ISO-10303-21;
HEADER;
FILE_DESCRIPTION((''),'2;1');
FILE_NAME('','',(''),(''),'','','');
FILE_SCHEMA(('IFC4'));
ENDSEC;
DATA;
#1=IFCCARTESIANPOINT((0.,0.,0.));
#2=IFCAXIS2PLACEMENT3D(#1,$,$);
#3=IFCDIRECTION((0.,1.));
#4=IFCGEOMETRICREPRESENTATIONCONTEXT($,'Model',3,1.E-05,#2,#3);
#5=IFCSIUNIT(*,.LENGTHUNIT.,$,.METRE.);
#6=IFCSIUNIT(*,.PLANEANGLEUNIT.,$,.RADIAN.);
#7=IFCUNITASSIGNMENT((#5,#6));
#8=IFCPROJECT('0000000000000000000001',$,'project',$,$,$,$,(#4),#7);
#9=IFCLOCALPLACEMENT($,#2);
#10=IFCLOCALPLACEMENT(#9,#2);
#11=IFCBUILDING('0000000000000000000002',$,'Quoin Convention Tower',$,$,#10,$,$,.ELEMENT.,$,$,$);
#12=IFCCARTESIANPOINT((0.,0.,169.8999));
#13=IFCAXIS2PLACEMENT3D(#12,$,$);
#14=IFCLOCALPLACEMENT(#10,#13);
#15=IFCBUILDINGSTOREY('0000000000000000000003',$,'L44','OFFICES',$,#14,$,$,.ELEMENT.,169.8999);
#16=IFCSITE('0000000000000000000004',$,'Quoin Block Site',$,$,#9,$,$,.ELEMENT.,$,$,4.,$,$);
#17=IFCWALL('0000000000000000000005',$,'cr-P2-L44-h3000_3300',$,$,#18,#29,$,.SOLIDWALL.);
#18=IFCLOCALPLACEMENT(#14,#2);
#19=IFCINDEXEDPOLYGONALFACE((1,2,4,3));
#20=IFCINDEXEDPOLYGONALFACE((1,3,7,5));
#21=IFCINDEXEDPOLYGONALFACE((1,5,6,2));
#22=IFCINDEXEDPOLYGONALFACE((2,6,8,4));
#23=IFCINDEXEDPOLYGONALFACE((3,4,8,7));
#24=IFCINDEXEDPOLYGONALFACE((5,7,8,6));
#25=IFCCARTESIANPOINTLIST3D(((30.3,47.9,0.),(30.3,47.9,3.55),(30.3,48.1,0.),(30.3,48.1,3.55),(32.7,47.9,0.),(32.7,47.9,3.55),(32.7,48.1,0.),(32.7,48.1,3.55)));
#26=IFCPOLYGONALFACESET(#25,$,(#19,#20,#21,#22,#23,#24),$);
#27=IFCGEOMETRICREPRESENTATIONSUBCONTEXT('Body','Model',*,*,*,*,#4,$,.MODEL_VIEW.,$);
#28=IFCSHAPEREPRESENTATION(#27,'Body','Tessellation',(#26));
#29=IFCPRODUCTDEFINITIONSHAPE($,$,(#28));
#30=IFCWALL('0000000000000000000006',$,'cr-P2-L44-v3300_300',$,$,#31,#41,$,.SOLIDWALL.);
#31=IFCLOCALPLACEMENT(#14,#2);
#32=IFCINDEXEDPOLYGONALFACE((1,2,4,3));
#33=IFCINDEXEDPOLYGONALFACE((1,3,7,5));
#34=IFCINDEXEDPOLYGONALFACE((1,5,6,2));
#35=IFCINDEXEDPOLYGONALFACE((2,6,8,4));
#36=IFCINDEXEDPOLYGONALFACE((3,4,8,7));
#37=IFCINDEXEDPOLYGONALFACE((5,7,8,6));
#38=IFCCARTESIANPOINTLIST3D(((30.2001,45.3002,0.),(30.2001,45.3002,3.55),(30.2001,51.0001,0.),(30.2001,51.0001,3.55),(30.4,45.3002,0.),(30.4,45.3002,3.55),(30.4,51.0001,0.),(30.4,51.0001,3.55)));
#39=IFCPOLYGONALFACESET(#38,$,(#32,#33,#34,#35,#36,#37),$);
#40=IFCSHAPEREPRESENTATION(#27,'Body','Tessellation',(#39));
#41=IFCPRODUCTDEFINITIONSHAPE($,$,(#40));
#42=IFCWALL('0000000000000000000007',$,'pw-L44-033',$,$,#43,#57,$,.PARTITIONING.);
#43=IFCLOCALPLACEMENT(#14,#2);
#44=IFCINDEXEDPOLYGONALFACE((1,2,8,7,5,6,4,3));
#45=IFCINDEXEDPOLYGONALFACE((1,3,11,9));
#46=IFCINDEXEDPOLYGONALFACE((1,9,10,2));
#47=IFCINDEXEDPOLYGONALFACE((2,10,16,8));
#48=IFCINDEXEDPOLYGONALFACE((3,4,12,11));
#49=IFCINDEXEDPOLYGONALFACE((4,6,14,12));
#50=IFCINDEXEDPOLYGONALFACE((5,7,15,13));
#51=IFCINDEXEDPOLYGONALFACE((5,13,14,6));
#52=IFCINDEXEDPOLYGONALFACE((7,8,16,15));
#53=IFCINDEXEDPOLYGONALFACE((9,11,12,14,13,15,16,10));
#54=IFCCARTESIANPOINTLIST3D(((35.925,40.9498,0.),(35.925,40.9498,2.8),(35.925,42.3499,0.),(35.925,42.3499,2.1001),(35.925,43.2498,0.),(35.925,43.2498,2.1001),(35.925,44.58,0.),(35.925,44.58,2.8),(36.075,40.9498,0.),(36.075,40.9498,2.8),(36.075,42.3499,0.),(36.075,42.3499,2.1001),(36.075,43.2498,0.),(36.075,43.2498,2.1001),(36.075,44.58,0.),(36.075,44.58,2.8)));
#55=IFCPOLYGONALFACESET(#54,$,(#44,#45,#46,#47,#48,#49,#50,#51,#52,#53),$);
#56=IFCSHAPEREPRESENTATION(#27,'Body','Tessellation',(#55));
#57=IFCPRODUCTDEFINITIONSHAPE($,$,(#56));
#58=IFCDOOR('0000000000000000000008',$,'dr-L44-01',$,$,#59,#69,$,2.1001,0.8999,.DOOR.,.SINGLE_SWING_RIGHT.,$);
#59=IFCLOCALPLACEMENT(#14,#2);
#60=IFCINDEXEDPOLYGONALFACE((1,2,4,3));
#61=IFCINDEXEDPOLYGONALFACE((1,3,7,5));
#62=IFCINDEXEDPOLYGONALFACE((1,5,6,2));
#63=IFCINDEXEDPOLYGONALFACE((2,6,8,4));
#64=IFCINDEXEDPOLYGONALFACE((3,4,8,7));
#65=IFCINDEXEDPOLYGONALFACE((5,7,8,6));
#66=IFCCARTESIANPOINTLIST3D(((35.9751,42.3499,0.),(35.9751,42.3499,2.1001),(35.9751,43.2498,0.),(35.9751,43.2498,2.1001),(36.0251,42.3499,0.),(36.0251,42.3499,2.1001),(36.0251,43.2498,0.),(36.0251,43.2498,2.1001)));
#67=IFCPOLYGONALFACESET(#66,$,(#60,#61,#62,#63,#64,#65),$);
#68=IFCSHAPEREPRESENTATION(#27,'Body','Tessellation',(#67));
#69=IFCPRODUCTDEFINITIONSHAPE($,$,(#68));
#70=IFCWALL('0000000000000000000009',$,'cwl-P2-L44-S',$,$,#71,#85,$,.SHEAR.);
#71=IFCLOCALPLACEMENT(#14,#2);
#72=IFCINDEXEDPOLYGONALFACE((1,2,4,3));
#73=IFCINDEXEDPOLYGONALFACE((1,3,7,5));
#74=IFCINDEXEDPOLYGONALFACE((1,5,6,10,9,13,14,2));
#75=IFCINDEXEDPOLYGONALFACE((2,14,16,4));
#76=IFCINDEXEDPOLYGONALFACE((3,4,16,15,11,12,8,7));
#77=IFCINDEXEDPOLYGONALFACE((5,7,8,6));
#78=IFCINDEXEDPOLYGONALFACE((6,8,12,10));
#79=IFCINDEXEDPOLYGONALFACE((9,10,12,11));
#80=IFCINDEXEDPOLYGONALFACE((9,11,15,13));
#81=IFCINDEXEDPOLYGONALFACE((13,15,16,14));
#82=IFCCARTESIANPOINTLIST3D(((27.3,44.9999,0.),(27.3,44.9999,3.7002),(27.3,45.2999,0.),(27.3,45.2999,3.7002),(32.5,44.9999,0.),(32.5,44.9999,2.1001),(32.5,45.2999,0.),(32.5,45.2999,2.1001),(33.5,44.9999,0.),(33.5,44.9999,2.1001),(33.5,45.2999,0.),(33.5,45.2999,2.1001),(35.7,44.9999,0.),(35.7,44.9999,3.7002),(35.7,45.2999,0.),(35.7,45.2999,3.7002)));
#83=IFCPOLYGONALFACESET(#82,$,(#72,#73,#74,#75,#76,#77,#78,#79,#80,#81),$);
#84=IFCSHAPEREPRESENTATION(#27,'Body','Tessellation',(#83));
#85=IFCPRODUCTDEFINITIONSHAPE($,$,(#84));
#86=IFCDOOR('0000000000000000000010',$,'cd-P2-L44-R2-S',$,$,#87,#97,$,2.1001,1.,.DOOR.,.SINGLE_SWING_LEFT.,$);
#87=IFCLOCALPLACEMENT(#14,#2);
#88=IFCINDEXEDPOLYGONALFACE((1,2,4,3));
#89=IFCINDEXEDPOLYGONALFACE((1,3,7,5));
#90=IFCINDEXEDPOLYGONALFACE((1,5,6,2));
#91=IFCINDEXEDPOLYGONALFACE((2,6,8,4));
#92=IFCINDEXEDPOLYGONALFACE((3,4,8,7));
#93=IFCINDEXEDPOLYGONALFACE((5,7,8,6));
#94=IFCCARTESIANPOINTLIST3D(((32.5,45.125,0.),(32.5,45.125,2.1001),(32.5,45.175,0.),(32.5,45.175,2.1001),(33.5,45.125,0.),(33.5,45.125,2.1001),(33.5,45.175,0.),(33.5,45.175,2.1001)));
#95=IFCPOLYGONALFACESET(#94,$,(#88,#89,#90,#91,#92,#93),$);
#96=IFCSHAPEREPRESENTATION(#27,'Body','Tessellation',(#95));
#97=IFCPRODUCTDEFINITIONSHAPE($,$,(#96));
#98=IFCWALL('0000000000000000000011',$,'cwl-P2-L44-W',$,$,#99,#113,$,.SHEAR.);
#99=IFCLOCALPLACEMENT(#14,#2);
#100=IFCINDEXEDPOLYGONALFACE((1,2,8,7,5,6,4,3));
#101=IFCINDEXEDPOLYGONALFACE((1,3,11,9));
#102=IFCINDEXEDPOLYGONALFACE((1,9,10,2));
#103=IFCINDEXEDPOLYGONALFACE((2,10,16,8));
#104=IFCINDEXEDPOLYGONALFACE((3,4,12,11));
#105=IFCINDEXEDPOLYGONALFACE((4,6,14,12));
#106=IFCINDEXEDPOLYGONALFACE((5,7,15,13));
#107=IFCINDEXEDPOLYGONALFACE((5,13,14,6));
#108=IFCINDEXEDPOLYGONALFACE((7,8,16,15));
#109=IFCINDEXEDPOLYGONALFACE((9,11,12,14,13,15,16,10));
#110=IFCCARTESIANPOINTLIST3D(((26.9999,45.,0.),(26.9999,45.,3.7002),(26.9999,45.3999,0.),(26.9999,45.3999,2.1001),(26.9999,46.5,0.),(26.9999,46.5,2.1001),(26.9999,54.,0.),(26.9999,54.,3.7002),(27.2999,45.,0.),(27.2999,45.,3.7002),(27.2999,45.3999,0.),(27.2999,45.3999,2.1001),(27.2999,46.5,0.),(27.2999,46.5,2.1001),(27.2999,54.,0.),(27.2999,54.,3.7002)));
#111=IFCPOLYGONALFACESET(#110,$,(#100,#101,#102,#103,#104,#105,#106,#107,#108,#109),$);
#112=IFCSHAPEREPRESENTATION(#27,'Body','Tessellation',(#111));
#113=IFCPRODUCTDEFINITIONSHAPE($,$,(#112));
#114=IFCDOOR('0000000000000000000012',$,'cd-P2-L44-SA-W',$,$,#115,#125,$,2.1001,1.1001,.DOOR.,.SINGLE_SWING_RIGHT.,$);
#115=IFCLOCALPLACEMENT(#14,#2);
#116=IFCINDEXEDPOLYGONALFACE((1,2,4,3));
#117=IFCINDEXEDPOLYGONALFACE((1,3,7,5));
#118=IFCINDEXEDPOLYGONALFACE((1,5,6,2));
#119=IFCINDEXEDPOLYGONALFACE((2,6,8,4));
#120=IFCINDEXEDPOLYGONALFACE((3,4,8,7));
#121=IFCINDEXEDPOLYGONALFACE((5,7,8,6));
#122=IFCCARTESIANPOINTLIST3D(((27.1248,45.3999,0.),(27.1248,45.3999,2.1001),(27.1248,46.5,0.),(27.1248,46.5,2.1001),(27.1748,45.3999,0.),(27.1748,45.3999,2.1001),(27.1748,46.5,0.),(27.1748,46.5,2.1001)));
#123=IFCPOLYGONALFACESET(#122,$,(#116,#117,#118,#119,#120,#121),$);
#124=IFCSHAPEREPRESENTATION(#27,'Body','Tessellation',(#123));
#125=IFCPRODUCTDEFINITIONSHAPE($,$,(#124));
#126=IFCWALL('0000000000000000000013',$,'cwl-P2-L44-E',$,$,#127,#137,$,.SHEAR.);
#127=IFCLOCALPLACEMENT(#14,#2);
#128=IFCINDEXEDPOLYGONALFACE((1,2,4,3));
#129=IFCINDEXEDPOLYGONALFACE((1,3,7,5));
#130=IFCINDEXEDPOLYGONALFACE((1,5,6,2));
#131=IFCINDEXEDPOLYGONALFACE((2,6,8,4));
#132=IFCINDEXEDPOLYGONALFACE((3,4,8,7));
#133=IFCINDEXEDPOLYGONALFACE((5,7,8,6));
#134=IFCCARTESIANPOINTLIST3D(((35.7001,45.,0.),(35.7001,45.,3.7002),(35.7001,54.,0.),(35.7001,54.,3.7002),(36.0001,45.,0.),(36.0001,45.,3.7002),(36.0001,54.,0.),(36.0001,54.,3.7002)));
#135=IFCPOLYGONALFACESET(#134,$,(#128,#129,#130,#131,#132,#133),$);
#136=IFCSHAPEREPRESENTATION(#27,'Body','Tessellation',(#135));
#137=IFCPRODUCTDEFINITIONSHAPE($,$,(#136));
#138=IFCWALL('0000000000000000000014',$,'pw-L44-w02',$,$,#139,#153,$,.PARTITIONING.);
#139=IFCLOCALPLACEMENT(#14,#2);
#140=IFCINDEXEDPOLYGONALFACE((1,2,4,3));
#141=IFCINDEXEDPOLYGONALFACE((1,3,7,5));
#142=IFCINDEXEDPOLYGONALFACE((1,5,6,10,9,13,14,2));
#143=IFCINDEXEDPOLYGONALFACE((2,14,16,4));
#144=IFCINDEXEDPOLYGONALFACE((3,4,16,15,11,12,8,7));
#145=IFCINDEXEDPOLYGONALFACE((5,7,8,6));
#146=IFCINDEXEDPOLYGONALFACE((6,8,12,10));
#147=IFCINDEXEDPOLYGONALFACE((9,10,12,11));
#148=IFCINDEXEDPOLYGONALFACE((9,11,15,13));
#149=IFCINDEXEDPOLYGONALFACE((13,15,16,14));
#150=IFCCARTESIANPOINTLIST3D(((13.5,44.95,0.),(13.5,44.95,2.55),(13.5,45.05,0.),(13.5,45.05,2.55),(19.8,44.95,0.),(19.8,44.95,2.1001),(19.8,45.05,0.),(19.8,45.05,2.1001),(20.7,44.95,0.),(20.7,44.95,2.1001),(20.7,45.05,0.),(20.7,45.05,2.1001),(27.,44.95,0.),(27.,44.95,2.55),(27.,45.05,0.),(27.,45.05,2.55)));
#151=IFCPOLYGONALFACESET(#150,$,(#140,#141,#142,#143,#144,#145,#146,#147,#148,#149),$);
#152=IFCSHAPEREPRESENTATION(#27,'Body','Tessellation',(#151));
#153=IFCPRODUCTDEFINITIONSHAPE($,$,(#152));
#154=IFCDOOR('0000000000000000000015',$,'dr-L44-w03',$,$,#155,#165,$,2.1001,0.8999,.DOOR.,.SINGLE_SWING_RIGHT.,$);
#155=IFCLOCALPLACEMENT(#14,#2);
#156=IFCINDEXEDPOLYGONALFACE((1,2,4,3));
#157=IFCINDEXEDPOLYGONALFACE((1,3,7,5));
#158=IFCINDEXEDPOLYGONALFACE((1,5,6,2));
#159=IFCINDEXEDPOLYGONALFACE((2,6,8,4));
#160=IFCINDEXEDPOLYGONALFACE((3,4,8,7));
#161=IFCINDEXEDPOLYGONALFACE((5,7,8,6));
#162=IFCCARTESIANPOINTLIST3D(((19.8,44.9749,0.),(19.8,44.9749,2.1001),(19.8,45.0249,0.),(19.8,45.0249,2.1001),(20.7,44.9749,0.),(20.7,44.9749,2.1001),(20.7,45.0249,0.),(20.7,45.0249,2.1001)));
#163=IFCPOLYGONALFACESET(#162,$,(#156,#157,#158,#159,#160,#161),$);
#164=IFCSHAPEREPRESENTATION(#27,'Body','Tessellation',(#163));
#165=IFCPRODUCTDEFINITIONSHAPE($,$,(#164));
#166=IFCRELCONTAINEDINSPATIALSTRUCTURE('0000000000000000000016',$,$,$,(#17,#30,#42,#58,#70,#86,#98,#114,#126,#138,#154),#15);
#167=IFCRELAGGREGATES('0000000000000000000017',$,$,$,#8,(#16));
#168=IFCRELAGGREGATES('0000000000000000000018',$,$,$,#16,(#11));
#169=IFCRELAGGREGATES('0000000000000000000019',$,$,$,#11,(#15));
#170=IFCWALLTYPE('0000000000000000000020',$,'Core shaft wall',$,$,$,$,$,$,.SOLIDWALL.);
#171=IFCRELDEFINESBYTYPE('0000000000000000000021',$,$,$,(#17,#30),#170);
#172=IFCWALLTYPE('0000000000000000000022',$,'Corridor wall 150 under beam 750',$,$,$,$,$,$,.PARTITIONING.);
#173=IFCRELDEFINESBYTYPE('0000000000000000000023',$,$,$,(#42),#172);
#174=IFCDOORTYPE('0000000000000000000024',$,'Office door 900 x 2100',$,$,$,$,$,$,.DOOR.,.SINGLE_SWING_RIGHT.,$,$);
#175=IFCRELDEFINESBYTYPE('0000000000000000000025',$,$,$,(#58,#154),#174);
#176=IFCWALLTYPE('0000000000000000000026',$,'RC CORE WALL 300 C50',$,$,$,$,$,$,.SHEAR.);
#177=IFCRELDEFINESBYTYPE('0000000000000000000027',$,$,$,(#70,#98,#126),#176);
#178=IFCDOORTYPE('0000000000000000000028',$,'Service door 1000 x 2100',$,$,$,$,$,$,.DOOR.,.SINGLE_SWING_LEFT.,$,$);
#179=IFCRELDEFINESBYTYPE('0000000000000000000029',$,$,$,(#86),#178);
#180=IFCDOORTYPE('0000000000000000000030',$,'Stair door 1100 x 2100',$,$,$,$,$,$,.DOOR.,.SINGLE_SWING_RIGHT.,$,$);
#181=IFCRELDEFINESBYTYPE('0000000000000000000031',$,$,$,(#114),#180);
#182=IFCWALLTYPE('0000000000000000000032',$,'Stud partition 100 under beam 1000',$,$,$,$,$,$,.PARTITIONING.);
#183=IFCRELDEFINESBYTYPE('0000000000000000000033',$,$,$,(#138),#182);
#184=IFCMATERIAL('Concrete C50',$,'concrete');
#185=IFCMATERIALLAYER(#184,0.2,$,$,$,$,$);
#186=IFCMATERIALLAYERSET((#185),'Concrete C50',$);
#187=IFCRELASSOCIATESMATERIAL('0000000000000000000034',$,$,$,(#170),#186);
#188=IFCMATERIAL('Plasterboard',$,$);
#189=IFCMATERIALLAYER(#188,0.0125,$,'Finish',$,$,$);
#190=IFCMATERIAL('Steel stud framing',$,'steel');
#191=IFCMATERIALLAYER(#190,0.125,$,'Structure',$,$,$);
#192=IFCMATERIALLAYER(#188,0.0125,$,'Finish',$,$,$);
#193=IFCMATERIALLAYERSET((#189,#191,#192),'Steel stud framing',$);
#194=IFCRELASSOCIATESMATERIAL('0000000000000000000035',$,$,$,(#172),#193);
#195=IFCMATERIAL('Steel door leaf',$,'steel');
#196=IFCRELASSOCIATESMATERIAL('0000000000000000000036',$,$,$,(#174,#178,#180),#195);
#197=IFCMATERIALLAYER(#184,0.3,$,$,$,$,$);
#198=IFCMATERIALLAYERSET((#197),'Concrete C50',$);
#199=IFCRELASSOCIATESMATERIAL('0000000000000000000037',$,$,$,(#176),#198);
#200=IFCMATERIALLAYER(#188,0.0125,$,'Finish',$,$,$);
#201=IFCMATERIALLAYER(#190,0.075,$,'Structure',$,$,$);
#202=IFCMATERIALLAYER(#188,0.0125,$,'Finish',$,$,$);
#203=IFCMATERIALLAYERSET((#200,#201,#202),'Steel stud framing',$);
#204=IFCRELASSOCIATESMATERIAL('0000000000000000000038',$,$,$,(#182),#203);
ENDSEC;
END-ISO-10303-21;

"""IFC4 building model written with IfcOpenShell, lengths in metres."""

from ifc_helpers import new_model, si_unit, direction, frame, frame_2d, origin, place, context, subcontext, project, spatial, rectangle, extrude, material, layer, layer_set, type_object, element, fill, save


model = new_model("IFC4")

# Units and contexts
model_context = context("Model", 3, precision=1e-05, world=origin(), true_north=direction((0.0, 1.0)))
body_context = subcontext(model_context, "Body", "Model", "MODEL_VIEW")
ifc_project = project(units=[si_unit("LENGTHUNIT", "METRE"), si_unit("PLANEANGLEUNIT", "RADIAN")], contexts=[model_context])

# Site, building, storey
site_placement = place(None, origin())
site = spatial("IfcSite", under=ifc_project, at=site_placement, Name="Quoin Block Site", CompositionType="ELEMENT", RefElevation=4.0)
building_placement = place(site_placement, origin())
building = spatial("IfcBuilding", under=site, at=building_placement, Name="Quoin Convention Tower", CompositionType="ELEMENT")
storey_placement = place(building_placement, frame((0.0, 0.0, 169.8999)))
storey = spatial("IfcBuildingStorey", under=building, at=storey_placement, Name="L44", Description="OFFICES", CompositionType="ELEMENT", Elevation=169.8999)

# Shared definitions
ifc_material_1 = material(Name="Concrete C50", Category="concrete")

# Walls
ifc_layer_1 = layer(ifc_material_1, 0.2)
ifc_layer_set_1 = layer_set([ifc_layer_1], Name="Concrete C50")
wall_type_1 = type_object("IfcWallType", Name="Core shaft wall", PredefinedType="SOLIDWALL", material=ifc_layer_set_1)
wall_1_placement = place(storey_placement, frame((30.3, 48.0, 0.0), z_axis=(0.0, 0.0, 1.0), x_axis=(1.0, 0.0, 0.0)))
element("IfcWall", 1, at=wall_1_placement, inside=storey, type_object=wall_type_1, Name="cr-P2-L44-h3000_3300", PredefinedType="SOLIDWALL", context=body_context, shape_type="SweptSolid", body=[
    extrude(rectangle(XDim=2.3999, YDim=0.2, at=frame_2d((1.2, 0.0))), origin(), (0.0, 0.0, 1.0), 3.55),
])
wall_2_placement = place(storey_placement, frame((30.3, 45.3, 0.0), z_axis=(0.0, 0.0, 1.0), x_axis=(0.0, 1.0, 0.0)))
element("IfcWall", 2, at=wall_2_placement, inside=storey, type_object=wall_type_1, Name="cr-P2-L44-v3300_300", PredefinedType="SOLIDWALL", context=body_context, shape_type="SweptSolid", body=[
    extrude(rectangle(XDim=5.7, YDim=0.2, at=frame_2d((2.8501, 0.0))), origin(), (0.0, 0.0, 1.0), 3.55),
])

# Walls, openings, doors
ifc_material_2 = material(Name="Plasterboard")
ifc_layer_2 = layer(ifc_material_2, 0.0125, Name="Finish")
ifc_material_3 = material(Name="Steel stud framing", Category="steel")
ifc_layer_3 = layer(ifc_material_3, 0.125, Name="Structure")
ifc_layer_4 = layer(ifc_material_2, 0.0125, Name="Finish")
ifc_layer_set_2 = layer_set([ifc_layer_2, ifc_layer_3, ifc_layer_4], Name="Steel stud framing")
wall_type_2 = type_object("IfcWallType", Name="Corridor wall 150 under beam 750", PredefinedType="PARTITIONING", material=ifc_layer_set_2)
wall_3_placement = place(storey_placement, frame((36.0, 40.95, 0.0), z_axis=(0.0, 0.0, 1.0), x_axis=(0.0, 1.0, 0.0)))
wall_3 = element("IfcWall", 3, at=wall_3_placement, inside=storey, type_object=wall_type_2, Name="pw-L44-033", PredefinedType="PARTITIONING", context=body_context, shape_type="SweptSolid", body=[
    extrude(rectangle(XDim=3.6301, YDim=0.1499, at=frame_2d((1.8149, 0.0))), origin(), (0.0, 0.0, 1.0), 2.8),
])
opening_1_placement = place(wall_3_placement, frame((1.3999, 0.0, 0.0)))
opening_1 = element("IfcOpeningElement", 4, at=opening_1_placement, cuts=wall_3, PredefinedType="OPENING", context=body_context, shape_type="SweptSolid", body=[
    extrude(rectangle(XDim=0.8999, YDim=2.1001, at=frame_2d((0.45, 1.05))), frame((0.0, 0.085, 0.0), z_axis=(0.0, -1.0, 0.0), x_axis=(1.0, 0.0, 0.0)), (0.0, 0.0, 1.0), 0.1699),
])
ifc_material_4 = material(Name="Steel door leaf", Category="steel")
door_type_1 = type_object("IfcDoorType", Name="Office door 900 x 2100", OperationType="SINGLE_SWING_RIGHT", PredefinedType="DOOR", material=ifc_material_4)
door_1_placement = place(opening_1_placement, origin())
door_1 = element("IfcDoor", 5, at=door_1_placement, inside=storey, type_object=door_type_1, Name="dr-L44-01", OperationType="SINGLE_SWING_RIGHT", OverallHeight=2.1001, OverallWidth=0.8999, PredefinedType="DOOR", context=body_context, shape_type="SweptSolid", body=[
    extrude(rectangle(XDim=0.8999, YDim=2.1001, at=frame_2d((0.45, 1.05))), frame((0.0, 0.0249, 0.0), z_axis=(0.0, -1.0, 0.0), x_axis=(1.0, 0.0, 0.0)), (0.0, 0.0, 1.0), 0.05),
])
fill(opening_1, door_1)
ifc_layer_5 = layer(ifc_material_1, 0.3)
ifc_layer_set_3 = layer_set([ifc_layer_5], Name="Concrete C50")
wall_type_3 = type_object("IfcWallType", Name="RC CORE WALL 300 C50", PredefinedType="SHEAR", material=ifc_layer_set_3)
wall_4_placement = place(storey_placement, frame((27.3, 45.1499, 0.0), z_axis=(0.0, 0.0, 1.0), x_axis=(1.0, 0.0, 0.0)))
wall_4 = element("IfcWall", 6, at=wall_4_placement, inside=storey, type_object=wall_type_3, Name="cwl-P2-L44-S", PredefinedType="SHEAR", context=body_context, shape_type="SweptSolid", body=[
    extrude(rectangle(XDim=8.3999, YDim=0.3, at=frame_2d((4.2, 0.0))), origin(), (0.0, 0.0, 1.0), 3.7002),
])
opening_2_placement = place(wall_4_placement, frame((5.2, 0.0, 0.0)))
opening_2 = element("IfcOpeningElement", 7, at=opening_2_placement, cuts=wall_4, PredefinedType="OPENING", context=body_context, shape_type="SweptSolid", body=[
    extrude(rectangle(XDim=1.0, YDim=2.1001, at=frame_2d((0.5, 1.05))), frame((0.0, 0.1599, 0.0), z_axis=(0.0, -1.0, 0.0), x_axis=(1.0, 0.0, 0.0)), (0.0, 0.0, 1.0), 0.3201),
])
door_type_2 = type_object("IfcDoorType", Name="Service door 1000 x 2100", OperationType="SINGLE_SWING_LEFT", PredefinedType="DOOR", material=ifc_material_4)
door_2_placement = place(opening_2_placement, frame((1.0, 0.0, 0.0), z_axis=(0.0, 0.0, 1.0), x_axis=(-1.0, 0.0, 0.0)))
door_2 = element("IfcDoor", 8, at=door_2_placement, inside=storey, type_object=door_type_2, Name="cd-P2-L44-R2-S", OperationType="SINGLE_SWING_LEFT", OverallHeight=2.1001, OverallWidth=1.0, PredefinedType="DOOR", context=body_context, shape_type="SweptSolid", body=[
    extrude(rectangle(XDim=1.0, YDim=2.1001, at=frame_2d((0.5, 1.05))), frame((0.0, 0.0249, 0.0), z_axis=(0.0, -1.0, 0.0), x_axis=(1.0, 0.0, 0.0)), (0.0, 0.0, 1.0), 0.05),
])
fill(opening_2, door_2)
wall_5_placement = place(storey_placement, frame((27.1499, 45.0, 0.0), z_axis=(0.0, 0.0, 1.0), x_axis=(0.0, 1.0, 0.0)))
wall_5 = element("IfcWall", 9, at=wall_5_placement, inside=storey, type_object=wall_type_3, Name="cwl-P2-L44-W", PredefinedType="SHEAR", context=body_context, shape_type="SweptSolid", body=[
    extrude(rectangle(XDim=9.0, YDim=0.3, at=frame_2d((4.5, 0.0))), origin(), (0.0, 0.0, 1.0), 3.7002),
])
opening_3_placement = place(wall_5_placement, frame((0.3999, 0.0, 0.0)))
opening_3 = element("IfcOpeningElement", 10, at=opening_3_placement, cuts=wall_5, PredefinedType="OPENING", context=body_context, shape_type="SweptSolid", body=[
    extrude(rectangle(XDim=1.1001, YDim=2.1001, at=frame_2d((0.55, 1.05))), frame((0.0, 0.1599, 0.0), z_axis=(0.0, -1.0, 0.0), x_axis=(1.0, 0.0, 0.0)), (0.0, 0.0, 1.0), 0.3201),
])
door_type_3 = type_object("IfcDoorType", Name="Stair door 1100 x 2100", OperationType="SINGLE_SWING_RIGHT", PredefinedType="DOOR", material=ifc_material_4)
door_3_placement = place(opening_3_placement, frame((1.1001, 0.0, 0.0), z_axis=(0.0, 0.0, 1.0), x_axis=(-1.0, 0.0, 0.0)))
door_3 = element("IfcDoor", 11, at=door_3_placement, inside=storey, type_object=door_type_3, Name="cd-P2-L44-SA-W", OperationType="SINGLE_SWING_RIGHT", OverallHeight=2.1001, OverallWidth=1.1001, PredefinedType="DOOR", context=body_context, shape_type="SweptSolid", body=[
    extrude(rectangle(XDim=1.1001, YDim=2.1001, at=frame_2d((0.55, 1.05))), frame((0.0, 0.0249, 0.0), z_axis=(0.0, -1.0, 0.0), x_axis=(1.0, 0.0, 0.0)), (0.0, 0.0, 1.0), 0.05),
])
fill(opening_3, door_3)

# Wall
wall_6_placement = place(storey_placement, frame((35.8501, 45.0, 0.0), z_axis=(0.0, 0.0, 1.0), x_axis=(0.0, 1.0, 0.0)))
element("IfcWall", 12, at=wall_6_placement, inside=storey, type_object=wall_type_3, Name="cwl-P2-L44-E", PredefinedType="SHEAR", context=body_context, shape_type="SweptSolid", body=[
    extrude(rectangle(XDim=9.0, YDim=0.3, at=frame_2d((4.5, 0.0))), origin(), (0.0, 0.0, 1.0), 3.7002),
])

# Wall, opening, door
ifc_layer_6 = layer(ifc_material_2, 0.0125, Name="Finish")
ifc_layer_7 = layer(ifc_material_3, 0.075, Name="Structure")
ifc_layer_8 = layer(ifc_material_2, 0.0125, Name="Finish")
ifc_layer_set_4 = layer_set([ifc_layer_6, ifc_layer_7, ifc_layer_8], Name="Steel stud framing")
wall_type_4 = type_object("IfcWallType", Name="Stud partition 100 under beam 1000", PredefinedType="PARTITIONING", material=ifc_layer_set_4)
wall_7_placement = place(storey_placement, frame((27.0, 45.0, 0.0), z_axis=(0.0, 0.0, 1.0), x_axis=(-1.0, 0.0, 0.0)))
wall_7 = element("IfcWall", 13, at=wall_7_placement, inside=storey, type_object=wall_type_4, Name="pw-L44-w02", PredefinedType="PARTITIONING", context=body_context, shape_type="SweptSolid", body=[
    extrude(rectangle(XDim=13.5, YDim=0.1001, at=frame_2d((6.75, 0.0))), origin(), (0.0, 0.0, 1.0), 2.55),
])
opening_4_placement = place(wall_7_placement, frame((6.3, 0.0, 0.0)))
opening_4 = element("IfcOpeningElement", 14, at=opening_4_placement, cuts=wall_7, PredefinedType="OPENING", context=body_context, shape_type="SweptSolid", body=[
    extrude(rectangle(XDim=0.8999, YDim=2.1001, at=frame_2d((0.45, 1.05))), frame((0.0, 0.0601, 0.0), z_axis=(0.0, -1.0, 0.0), x_axis=(1.0, 0.0, 0.0)), (0.0, 0.0, 1.0), 0.1201),
])
door_4_placement = place(opening_4_placement, frame((0.8999, 0.0, 0.0), z_axis=(0.0, 0.0, 1.0), x_axis=(-1.0, 0.0, 0.0)))
door_4 = element("IfcDoor", 15, at=door_4_placement, inside=storey, type_object=door_type_1, Name="dr-L44-w03", OperationType="SINGLE_SWING_RIGHT", OverallHeight=2.1001, OverallWidth=0.8999, PredefinedType="DOOR", context=body_context, shape_type="SweptSolid", body=[
    extrude(rectangle(XDim=0.8999, YDim=2.1001, at=frame_2d((0.45, 1.05))), frame((0.0, 0.0249, 0.0), z_axis=(0.0, -1.0, 0.0), x_axis=(1.0, 0.0, 0.0)), (0.0, 0.0, 1.0), 0.05),
])
fill(opening_4, door_4)

save(model, "model.ifc")
